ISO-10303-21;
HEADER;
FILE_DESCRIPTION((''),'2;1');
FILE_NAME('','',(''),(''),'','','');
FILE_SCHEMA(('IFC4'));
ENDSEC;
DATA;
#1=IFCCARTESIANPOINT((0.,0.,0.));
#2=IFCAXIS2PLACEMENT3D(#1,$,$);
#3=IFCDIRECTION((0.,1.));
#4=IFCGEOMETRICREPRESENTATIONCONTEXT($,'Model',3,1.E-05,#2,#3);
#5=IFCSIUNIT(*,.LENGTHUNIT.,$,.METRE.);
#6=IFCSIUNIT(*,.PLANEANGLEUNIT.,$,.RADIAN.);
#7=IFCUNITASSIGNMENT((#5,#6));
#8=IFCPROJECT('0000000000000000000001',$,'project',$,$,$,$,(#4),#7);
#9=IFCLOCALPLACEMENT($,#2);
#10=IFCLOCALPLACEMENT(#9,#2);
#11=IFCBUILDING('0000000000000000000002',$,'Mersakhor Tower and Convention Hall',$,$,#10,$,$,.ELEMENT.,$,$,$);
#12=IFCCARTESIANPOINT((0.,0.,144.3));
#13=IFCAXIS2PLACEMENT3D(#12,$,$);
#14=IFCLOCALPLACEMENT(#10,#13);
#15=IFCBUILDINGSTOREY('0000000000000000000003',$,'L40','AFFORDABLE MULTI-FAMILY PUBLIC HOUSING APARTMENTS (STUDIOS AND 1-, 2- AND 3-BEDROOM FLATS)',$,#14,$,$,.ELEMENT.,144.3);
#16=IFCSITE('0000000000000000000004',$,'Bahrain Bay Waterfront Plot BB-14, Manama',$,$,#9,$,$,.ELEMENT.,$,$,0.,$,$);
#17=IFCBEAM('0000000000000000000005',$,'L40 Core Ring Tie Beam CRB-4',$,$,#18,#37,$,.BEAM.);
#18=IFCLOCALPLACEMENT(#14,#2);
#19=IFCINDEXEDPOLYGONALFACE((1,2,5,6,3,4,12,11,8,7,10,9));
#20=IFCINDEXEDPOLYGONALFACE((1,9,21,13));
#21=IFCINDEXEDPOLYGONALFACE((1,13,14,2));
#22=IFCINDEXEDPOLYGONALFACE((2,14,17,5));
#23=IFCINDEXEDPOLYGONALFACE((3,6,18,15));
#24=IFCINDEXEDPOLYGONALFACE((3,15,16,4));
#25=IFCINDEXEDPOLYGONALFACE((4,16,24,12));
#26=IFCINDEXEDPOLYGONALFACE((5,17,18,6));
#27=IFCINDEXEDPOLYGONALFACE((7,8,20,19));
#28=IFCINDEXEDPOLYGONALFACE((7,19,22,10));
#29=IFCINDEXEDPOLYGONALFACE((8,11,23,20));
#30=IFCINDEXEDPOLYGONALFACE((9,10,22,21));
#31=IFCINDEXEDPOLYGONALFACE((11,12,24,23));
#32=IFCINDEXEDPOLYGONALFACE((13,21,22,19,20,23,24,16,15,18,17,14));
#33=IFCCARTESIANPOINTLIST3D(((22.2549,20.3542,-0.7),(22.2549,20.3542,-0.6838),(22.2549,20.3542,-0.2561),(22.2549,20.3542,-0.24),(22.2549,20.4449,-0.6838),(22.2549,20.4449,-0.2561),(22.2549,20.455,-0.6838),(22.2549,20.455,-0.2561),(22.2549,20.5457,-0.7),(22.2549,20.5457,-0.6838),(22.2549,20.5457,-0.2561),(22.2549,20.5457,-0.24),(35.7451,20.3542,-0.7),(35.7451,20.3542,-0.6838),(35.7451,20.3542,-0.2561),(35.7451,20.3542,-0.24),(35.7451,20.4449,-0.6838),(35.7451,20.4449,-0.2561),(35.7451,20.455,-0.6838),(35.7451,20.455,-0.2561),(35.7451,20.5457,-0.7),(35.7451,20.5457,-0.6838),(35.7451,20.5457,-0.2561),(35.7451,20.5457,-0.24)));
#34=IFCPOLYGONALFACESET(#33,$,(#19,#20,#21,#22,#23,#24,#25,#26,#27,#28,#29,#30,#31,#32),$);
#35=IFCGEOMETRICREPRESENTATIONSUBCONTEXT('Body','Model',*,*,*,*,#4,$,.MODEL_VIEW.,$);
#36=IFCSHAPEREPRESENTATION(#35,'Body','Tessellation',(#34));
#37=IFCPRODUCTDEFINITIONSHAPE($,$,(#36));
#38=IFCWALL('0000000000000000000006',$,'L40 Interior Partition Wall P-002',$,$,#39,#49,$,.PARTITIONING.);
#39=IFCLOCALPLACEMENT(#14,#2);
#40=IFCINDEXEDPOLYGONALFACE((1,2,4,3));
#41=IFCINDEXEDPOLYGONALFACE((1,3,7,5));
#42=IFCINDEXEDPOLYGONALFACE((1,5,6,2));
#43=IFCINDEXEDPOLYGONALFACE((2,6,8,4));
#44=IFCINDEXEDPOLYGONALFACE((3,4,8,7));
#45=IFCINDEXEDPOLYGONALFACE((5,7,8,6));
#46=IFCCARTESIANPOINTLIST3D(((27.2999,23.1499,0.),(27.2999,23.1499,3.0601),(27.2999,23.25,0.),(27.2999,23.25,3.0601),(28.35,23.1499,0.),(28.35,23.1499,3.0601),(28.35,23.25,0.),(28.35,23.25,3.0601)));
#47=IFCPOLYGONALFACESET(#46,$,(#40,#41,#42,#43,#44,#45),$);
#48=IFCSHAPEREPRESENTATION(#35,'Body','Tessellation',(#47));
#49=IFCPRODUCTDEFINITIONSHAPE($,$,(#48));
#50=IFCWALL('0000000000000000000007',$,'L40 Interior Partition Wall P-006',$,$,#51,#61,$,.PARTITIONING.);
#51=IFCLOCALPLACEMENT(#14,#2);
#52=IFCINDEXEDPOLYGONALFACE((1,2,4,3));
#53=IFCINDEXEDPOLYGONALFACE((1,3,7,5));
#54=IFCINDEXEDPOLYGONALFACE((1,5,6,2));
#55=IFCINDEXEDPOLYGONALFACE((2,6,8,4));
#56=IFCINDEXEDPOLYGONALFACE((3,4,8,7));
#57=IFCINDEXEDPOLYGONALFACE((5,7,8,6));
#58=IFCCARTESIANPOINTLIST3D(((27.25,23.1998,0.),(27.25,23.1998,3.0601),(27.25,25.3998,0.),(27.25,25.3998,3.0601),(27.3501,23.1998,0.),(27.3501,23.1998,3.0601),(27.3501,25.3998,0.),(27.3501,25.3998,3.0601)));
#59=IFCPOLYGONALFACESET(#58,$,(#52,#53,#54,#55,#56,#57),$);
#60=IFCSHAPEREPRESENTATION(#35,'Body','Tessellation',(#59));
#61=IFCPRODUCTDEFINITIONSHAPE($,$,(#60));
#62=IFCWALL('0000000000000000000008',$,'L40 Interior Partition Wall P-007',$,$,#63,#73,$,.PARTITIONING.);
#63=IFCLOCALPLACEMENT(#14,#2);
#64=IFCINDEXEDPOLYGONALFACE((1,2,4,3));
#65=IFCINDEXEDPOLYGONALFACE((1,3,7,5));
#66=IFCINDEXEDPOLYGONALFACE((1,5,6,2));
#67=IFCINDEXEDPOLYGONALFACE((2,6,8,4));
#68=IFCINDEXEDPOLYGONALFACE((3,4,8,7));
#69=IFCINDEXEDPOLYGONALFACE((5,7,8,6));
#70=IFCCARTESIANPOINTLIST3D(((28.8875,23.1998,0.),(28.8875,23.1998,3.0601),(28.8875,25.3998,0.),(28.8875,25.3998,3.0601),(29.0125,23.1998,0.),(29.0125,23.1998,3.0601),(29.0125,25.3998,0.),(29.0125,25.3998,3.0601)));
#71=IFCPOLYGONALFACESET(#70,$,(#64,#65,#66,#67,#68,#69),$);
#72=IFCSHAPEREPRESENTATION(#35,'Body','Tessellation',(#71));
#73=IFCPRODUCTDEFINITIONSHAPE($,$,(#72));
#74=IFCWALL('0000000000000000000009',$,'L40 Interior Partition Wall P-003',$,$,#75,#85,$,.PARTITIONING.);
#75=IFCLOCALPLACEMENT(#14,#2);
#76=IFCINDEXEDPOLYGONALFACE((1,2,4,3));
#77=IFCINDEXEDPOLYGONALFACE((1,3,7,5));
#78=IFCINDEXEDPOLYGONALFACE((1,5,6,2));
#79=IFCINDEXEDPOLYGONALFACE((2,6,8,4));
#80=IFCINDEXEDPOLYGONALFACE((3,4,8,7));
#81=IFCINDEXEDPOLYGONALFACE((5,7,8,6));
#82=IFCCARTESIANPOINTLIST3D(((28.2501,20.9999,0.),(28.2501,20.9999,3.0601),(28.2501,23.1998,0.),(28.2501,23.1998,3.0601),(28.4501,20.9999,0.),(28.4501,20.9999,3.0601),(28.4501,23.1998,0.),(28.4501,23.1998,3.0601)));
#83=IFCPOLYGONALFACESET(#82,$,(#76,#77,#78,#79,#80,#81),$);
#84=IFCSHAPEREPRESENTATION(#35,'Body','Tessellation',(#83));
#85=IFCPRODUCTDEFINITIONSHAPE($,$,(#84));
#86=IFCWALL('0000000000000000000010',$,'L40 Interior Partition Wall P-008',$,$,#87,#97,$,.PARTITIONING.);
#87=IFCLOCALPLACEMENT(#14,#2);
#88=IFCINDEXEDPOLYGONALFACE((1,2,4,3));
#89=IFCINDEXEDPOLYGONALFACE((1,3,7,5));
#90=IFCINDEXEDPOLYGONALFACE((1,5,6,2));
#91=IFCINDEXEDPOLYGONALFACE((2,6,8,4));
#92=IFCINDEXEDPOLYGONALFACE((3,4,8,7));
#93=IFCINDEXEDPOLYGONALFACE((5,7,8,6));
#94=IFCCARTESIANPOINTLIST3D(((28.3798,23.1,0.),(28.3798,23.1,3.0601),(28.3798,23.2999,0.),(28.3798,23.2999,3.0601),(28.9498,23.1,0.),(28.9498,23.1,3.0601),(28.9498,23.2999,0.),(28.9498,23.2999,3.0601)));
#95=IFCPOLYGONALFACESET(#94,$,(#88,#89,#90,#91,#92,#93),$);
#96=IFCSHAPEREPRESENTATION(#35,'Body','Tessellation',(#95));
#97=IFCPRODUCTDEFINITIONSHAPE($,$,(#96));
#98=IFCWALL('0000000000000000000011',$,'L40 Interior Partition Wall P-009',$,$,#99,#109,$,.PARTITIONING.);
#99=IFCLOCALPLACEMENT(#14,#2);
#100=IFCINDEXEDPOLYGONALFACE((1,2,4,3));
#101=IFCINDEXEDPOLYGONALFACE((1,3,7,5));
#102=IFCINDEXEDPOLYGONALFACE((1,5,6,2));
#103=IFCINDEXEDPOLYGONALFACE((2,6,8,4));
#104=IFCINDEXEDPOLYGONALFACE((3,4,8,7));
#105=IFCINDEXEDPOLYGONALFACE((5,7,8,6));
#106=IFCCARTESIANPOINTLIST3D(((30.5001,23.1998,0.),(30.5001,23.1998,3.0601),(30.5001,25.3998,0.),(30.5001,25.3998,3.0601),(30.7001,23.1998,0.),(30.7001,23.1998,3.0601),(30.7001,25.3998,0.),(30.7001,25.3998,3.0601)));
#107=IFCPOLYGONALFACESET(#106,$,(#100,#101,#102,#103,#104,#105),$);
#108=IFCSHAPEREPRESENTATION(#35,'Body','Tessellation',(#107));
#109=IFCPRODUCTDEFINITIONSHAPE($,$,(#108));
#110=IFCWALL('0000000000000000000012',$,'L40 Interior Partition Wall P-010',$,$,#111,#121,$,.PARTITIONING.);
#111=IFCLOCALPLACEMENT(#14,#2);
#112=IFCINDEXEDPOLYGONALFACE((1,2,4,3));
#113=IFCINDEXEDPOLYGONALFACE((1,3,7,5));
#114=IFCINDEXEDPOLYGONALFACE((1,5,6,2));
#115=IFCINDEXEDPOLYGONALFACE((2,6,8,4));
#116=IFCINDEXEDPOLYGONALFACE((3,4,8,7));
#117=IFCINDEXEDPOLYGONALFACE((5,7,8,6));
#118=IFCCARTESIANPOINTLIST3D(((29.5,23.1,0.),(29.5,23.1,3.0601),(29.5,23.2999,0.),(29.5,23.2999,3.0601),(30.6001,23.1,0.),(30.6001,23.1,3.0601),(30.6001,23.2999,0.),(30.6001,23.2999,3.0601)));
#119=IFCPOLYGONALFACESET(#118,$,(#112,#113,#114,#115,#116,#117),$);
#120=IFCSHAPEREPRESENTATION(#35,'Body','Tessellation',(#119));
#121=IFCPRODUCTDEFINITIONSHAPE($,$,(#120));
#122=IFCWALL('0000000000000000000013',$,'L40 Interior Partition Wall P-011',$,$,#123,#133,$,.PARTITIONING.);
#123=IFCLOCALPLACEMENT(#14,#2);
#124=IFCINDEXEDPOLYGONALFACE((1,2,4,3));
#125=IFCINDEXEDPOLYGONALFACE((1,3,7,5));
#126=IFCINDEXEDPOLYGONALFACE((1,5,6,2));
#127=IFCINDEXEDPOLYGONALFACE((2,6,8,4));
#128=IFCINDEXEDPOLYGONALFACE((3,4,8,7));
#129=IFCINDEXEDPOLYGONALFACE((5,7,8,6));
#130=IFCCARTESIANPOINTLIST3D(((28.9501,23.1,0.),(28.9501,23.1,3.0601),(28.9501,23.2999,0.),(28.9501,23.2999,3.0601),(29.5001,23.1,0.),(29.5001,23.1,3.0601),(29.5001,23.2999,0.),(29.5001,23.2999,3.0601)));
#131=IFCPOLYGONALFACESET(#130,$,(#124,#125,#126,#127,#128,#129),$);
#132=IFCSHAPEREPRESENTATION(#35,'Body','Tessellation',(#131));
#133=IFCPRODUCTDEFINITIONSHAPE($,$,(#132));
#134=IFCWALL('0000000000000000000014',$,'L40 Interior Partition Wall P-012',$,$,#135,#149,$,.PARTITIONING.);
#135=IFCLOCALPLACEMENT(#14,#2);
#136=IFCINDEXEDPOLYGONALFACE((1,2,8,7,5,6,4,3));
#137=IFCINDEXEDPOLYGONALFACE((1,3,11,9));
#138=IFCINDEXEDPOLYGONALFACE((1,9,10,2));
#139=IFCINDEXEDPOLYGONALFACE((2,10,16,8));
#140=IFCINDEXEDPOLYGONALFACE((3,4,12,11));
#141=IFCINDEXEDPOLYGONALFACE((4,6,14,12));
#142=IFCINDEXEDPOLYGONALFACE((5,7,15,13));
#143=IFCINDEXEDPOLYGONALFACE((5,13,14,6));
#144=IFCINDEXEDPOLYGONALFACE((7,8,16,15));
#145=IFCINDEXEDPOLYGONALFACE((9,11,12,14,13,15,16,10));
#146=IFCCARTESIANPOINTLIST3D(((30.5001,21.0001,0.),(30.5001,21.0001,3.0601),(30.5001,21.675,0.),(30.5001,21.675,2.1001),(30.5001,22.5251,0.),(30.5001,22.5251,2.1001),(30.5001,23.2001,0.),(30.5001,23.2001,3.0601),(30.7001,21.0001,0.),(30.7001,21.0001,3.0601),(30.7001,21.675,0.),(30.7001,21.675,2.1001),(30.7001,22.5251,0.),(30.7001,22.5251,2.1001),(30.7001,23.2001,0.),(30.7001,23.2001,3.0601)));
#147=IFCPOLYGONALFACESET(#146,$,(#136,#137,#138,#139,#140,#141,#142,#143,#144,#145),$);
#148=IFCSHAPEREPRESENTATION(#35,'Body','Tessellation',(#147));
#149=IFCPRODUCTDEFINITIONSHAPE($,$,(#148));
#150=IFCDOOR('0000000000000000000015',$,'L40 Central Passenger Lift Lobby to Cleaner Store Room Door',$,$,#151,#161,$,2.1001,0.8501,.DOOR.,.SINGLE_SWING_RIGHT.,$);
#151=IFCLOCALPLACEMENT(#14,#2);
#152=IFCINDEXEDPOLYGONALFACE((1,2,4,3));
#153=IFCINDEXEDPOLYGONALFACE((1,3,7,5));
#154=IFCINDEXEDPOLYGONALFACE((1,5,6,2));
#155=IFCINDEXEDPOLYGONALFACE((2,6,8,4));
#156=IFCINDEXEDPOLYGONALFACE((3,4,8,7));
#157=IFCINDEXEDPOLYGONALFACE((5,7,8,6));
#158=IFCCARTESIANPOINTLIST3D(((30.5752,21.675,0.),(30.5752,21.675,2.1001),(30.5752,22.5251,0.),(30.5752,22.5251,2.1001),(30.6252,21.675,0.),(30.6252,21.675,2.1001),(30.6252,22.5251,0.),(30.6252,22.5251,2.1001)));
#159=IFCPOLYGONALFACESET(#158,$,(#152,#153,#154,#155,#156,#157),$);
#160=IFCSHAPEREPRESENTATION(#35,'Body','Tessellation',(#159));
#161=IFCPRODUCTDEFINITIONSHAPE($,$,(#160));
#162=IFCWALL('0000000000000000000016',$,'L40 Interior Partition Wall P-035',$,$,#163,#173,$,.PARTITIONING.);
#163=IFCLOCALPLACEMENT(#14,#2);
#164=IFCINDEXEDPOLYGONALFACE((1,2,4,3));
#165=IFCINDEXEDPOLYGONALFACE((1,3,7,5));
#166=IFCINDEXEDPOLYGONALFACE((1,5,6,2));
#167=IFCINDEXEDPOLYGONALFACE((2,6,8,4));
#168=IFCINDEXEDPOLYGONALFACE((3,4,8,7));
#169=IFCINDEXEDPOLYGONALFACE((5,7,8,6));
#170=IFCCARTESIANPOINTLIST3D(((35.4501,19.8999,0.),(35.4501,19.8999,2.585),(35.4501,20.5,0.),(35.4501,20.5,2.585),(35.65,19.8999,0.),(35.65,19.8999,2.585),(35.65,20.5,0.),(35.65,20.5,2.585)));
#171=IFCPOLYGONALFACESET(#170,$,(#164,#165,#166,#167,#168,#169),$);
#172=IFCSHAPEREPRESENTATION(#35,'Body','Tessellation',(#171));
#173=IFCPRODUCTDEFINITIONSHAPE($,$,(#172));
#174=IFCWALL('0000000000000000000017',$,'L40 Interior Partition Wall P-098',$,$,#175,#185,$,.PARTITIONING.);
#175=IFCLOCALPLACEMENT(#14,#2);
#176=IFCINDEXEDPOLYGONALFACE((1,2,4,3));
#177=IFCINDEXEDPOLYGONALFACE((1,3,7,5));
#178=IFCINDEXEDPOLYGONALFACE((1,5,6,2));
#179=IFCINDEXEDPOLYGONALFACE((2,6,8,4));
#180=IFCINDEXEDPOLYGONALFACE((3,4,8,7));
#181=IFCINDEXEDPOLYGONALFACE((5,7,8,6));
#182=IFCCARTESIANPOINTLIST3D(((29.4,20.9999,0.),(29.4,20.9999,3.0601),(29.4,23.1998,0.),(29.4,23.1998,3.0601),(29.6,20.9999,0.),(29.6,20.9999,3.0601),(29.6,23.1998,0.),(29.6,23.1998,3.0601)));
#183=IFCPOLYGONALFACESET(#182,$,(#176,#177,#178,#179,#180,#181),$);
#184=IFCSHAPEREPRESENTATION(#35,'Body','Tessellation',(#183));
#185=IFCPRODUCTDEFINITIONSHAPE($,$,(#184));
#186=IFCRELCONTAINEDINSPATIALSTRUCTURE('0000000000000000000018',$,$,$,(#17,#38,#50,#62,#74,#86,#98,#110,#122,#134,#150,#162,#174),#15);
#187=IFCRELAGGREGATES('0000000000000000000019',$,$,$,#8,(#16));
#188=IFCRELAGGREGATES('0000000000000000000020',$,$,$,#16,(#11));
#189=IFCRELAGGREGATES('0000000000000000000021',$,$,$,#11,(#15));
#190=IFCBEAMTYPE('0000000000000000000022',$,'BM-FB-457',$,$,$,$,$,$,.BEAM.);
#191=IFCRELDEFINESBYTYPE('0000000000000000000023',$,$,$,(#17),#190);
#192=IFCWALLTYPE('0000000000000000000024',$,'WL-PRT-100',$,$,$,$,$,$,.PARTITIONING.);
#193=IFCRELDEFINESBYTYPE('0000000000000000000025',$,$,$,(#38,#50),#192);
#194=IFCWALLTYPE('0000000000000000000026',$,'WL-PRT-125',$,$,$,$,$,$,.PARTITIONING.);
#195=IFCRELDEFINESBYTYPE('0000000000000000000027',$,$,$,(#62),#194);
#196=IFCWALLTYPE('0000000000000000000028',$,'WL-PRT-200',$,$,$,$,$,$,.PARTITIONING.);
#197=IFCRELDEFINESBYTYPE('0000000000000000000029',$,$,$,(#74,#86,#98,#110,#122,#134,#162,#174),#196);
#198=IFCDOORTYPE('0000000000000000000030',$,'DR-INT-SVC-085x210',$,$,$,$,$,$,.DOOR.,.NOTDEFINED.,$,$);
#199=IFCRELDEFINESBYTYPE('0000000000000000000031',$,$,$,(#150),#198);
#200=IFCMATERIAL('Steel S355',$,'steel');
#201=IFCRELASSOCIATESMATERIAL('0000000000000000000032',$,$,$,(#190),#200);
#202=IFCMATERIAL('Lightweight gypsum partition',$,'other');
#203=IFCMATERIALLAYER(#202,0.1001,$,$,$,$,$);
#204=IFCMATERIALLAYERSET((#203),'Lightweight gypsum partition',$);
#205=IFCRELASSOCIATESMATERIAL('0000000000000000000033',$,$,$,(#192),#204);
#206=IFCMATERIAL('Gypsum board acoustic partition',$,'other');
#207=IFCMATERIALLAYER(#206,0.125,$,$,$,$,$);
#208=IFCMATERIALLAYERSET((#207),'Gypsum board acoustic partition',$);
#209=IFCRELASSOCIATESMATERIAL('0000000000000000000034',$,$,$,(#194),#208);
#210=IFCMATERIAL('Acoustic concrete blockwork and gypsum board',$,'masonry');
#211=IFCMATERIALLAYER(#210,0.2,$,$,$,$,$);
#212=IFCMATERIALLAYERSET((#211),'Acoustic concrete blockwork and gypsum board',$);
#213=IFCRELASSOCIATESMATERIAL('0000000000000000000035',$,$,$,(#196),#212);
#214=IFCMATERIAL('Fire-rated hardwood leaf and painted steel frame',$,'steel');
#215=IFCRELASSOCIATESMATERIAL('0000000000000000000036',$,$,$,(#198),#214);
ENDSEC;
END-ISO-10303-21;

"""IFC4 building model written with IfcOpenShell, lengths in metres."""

from ifc_helpers import new_model, si_unit, direction, frame, frame_2d, origin, origin_2d, place, context, subcontext, project, spatial, rectangle, i_section, extrude, material, layer, layer_set, material_profile, profile_set, type_object, element, fill, save


model = new_model("IFC4")

# Units and contexts
model_context = context("Model", 3, precision=1e-05, world=origin(), true_north=direction((0.0, 1.0)))
body_context = subcontext(model_context, "Body", "Model", "MODEL_VIEW")
ifc_project = project(units=[si_unit("LENGTHUNIT", "METRE"), si_unit("PLANEANGLEUNIT", "RADIAN")], contexts=[model_context])

# Site, building, storey
site_placement = place(None, origin())
site = spatial("IfcSite", under=ifc_project, at=site_placement, Name="Bahrain Bay Waterfront Plot BB-14, Manama", CompositionType="ELEMENT", RefElevation=0.0)
building_placement = place(site_placement, origin())
building = spatial("IfcBuilding", under=site, at=building_placement, Name="Mersakhor Tower and Convention Hall", CompositionType="ELEMENT")
storey_placement = place(building_placement, frame((0.0, 0.0, 144.3)))
storey = spatial("IfcBuildingStorey", under=building, at=storey_placement, Name="L40", Description="AFFORDABLE MULTI-FAMILY PUBLIC HOUSING APARTMENTS (STUDIOS AND 1-, 2- AND 3-BEDROOM FLATS)", CompositionType="ELEMENT", Elevation=144.3)

# Beam
ifc_material_1 = material(Name="Steel S355", Category="steel")
ifc_material_profile = material_profile(ifc_material_1, i_section(OverallWidth=0.1914, OverallDepth=0.46, WebThickness=0.01, FlangeThickness=0.0161, at=origin_2d()), Name="UB 457x191x82")
ifc_profile_set = profile_set([ifc_material_profile], Name="Steel S355")
beam_type = type_object("IfcBeamType", Name="BM-FB-457", PredefinedType="BEAM", material=ifc_profile_set)
beam_placement = place(storey_placement, frame((35.7451, 20.45, -0.47), z_axis=(-1.0, 0.0, 0.0), x_axis=(0.0, -1.0, 0.0)))
element("IfcBeam", 1, at=beam_placement, inside=storey, type_object=beam_type, Name="L40 Core Ring Tie Beam CRB-4", PredefinedType="BEAM", context=body_context, shape_type="SweptSolid", body=[
    extrude(i_section(OverallWidth=0.1914, OverallDepth=0.46, WebThickness=0.01, FlangeThickness=0.0161, at=origin_2d()), origin(), (0.0, 0.0, 1.0), 13.4902),
])

# Walls
ifc_material_2 = material(Name="Lightweight gypsum partition", Category="other")
ifc_layer_1 = layer(ifc_material_2, 0.1001)
ifc_layer_set_1 = layer_set([ifc_layer_1], Name="Lightweight gypsum partition")
wall_type_1 = type_object("IfcWallType", Name="WL-PRT-100", PredefinedType="PARTITIONING", material=ifc_layer_set_1)
wall_1_placement = place(storey_placement, frame((27.3, 23.2, 0.0), z_axis=(0.0, 0.0, 1.0), x_axis=(1.0, 0.0, 0.0)))
element("IfcWall", 2, at=wall_1_placement, inside=storey, type_object=wall_type_1, Name="L40 Interior Partition Wall P-002", PredefinedType="PARTITIONING", context=body_context, shape_type="SweptSolid", body=[
    extrude(rectangle(XDim=1.05, YDim=0.1001, at=frame_2d((0.5249, 0.0))), origin(), (0.0, 0.0, 1.0), 3.0601),
])
wall_2_placement = place(storey_placement, frame((27.3, 25.3999, 0.0), z_axis=(0.0, 0.0, 1.0), x_axis=(0.0, -1.0, 0.0)))
element("IfcWall", 3, at=wall_2_placement, inside=storey, type_object=wall_type_1, Name="L40 Interior Partition Wall P-006", PredefinedType="PARTITIONING", context=body_context, shape_type="SweptSolid", body=[
    extrude(rectangle(XDim=2.2, YDim=0.1001, at=frame_2d((1.1001, 0.0))), origin(), (0.0, 0.0, 1.0), 3.0601),
])
ifc_material_3 = material(Name="Gypsum board acoustic partition", Category="other")
ifc_layer_2 = layer(ifc_material_3, 0.125)
ifc_layer_set_2 = layer_set([ifc_layer_2], Name="Gypsum board acoustic partition")
wall_type_2 = type_object("IfcWallType", Name="WL-PRT-125", PredefinedType="PARTITIONING", material=ifc_layer_set_2)
wall_3_placement = place(storey_placement, frame((28.95, 25.3999, 0.0), z_axis=(0.0, 0.0, 1.0), x_axis=(0.0, -1.0, 0.0)))
element("IfcWall", 4, at=wall_3_placement, inside=storey, type_object=wall_type_2, Name="L40 Interior Partition Wall P-007", PredefinedType="PARTITIONING", context=body_context, shape_type="SweptSolid", body=[
    extrude(rectangle(XDim=2.2, YDim=0.125, at=frame_2d((1.1001, 0.0))), origin(), (0.0, 0.0, 1.0), 3.0601),
])
ifc_material_4 = material(Name="Acoustic concrete blockwork and gypsum board", Category="masonry")
ifc_layer_3 = layer(ifc_material_4, 0.2)
ifc_layer_set_3 = layer_set([ifc_layer_3], Name="Acoustic concrete blockwork and gypsum board")
wall_type_3 = type_object("IfcWallType", Name="WL-PRT-200", PredefinedType="PARTITIONING", material=ifc_layer_set_3)
wall_4_placement = place(storey_placement, frame((28.3501, 23.2, 0.0), z_axis=(0.0, 0.0, 1.0), x_axis=(0.0, -1.0, 0.0)))
element("IfcWall", 5, at=wall_4_placement, inside=storey, type_object=wall_type_3, Name="L40 Interior Partition Wall P-003", PredefinedType="PARTITIONING", context=body_context, shape_type="SweptSolid", body=[
    extrude(rectangle(XDim=2.2, YDim=0.2, at=frame_2d((1.1001, 0.0))), origin(), (0.0, 0.0, 1.0), 3.0601),
])
wall_5_placement = place(storey_placement, frame((28.95, 23.2, 0.0), z_axis=(0.0, 0.0, 1.0), x_axis=(-1.0, 0.0, 0.0)))
element("IfcWall", 6, at=wall_5_placement, inside=storey, type_object=wall_type_3, Name="L40 Interior Partition Wall P-008", PredefinedType="PARTITIONING", context=body_context, shape_type="SweptSolid", body=[
    extrude(rectangle(XDim=0.5701, YDim=0.2, at=frame_2d((0.2852, 0.0))), origin(), (0.0, 0.0, 1.0), 3.0601),
])
wall_6_placement = place(storey_placement, frame((30.6001, 25.3999, 0.0), z_axis=(0.0, 0.0, 1.0), x_axis=(0.0, -1.0, 0.0)))
element("IfcWall", 7, at=wall_6_placement, inside=storey, type_object=wall_type_3, Name="L40 Interior Partition Wall P-009", PredefinedType="PARTITIONING", context=body_context, shape_type="SweptSolid", body=[
    extrude(rectangle(XDim=2.2, YDim=0.2, at=frame_2d((1.1001, 0.0))), origin(), (0.0, 0.0, 1.0), 3.0601),
])
wall_7_placement = place(storey_placement, frame((30.6001, 23.2, 0.0), z_axis=(0.0, 0.0, 1.0), x_axis=(-1.0, 0.0, 0.0)))
element("IfcWall", 8, at=wall_7_placement, inside=storey, type_object=wall_type_3, Name="L40 Interior Partition Wall P-010", PredefinedType="PARTITIONING", context=body_context, shape_type="SweptSolid", body=[
    extrude(rectangle(XDim=1.1001, YDim=0.2, at=frame_2d((0.55, 0.0))), origin(), (0.0, 0.0, 1.0), 3.0601),
])
wall_8_placement = place(storey_placement, frame((29.5, 23.2, 0.0), z_axis=(0.0, 0.0, 1.0), x_axis=(-1.0, 0.0, 0.0)))
element("IfcWall", 9, at=wall_8_placement, inside=storey, type_object=wall_type_3, Name="L40 Interior Partition Wall P-011", PredefinedType="PARTITIONING", context=body_context, shape_type="SweptSolid", body=[
    extrude(rectangle(XDim=0.55, YDim=0.2, at=frame_2d((0.2749, 0.0))), origin(), (0.0, 0.0, 1.0), 3.0601),
])

# Wall, opening, door
wall_9_placement = place(storey_placement, frame((30.6001, 21.0, 0.0), z_axis=(0.0, 0.0, 1.0), x_axis=(0.0, 1.0, 0.0)))
wall_9 = element("IfcWall", 10, at=wall_9_placement, inside=storey, type_object=wall_type_3, Name="L40 Interior Partition Wall P-012", PredefinedType="PARTITIONING", context=body_context, shape_type="SweptSolid", body=[
    extrude(rectangle(XDim=2.2, YDim=0.2, at=frame_2d((1.1001, 0.0))), origin(), (0.0, 0.0, 1.0), 3.0601),
])
opening_1_placement = place(wall_9_placement, frame((0.675, 0.0, 0.0)))
opening_1 = element("IfcOpeningElement", 11, at=opening_1_placement, cuts=wall_9, PredefinedType="OPENING", context=body_context, shape_type="SweptSolid", body=[
    extrude(rectangle(XDim=0.8501, YDim=2.1001, at=frame_2d((0.425, 1.05))), frame((0.0, 0.1099, 0.0), z_axis=(0.0, -1.0, 0.0), x_axis=(1.0, 0.0, 0.0)), (0.0, 0.0, 1.0), 0.22),
])
ifc_material_5 = material(Name="Fire-rated hardwood leaf and painted steel frame", Category="steel")
door_type_1 = type_object("IfcDoorType", Name="DR-INT-SVC-085x210", OperationType="NOTDEFINED", PredefinedType="DOOR", material=ifc_material_5)
door_1_placement = place(opening_1_placement, origin())
door_1 = element("IfcDoor", 12, at=door_1_placement, inside=storey, type_object=door_type_1, Name="L40 Central Passenger Lift Lobby to Cleaner Store Room Door", OperationType="SINGLE_SWING_RIGHT", OverallHeight=2.1001, OverallWidth=0.8501, PredefinedType="DOOR", context=body_context, shape_type="SweptSolid", body=[
    extrude(rectangle(XDim=0.8501, YDim=2.1001, at=frame_2d((0.425, 1.05))), frame((0.0, 0.0249, 0.0), z_axis=(0.0, -1.0, 0.0), x_axis=(1.0, 0.0, 0.0)), (0.0, 0.0, 1.0), 0.05),
])
fill(opening_1, door_1)

# Walls
wall_10_placement = place(storey_placement, frame((35.55, 20.5, 0.0), z_axis=(0.0, 0.0, 1.0), x_axis=(0.0, -1.0, 0.0)))
element("IfcWall", 13, at=wall_10_placement, inside=storey, type_object=wall_type_3, Name="L40 Interior Partition Wall P-035", PredefinedType="PARTITIONING", context=body_context, shape_type="SweptSolid", body=[
    extrude(rectangle(XDim=0.6001, YDim=0.2, at=frame_2d((0.3, 0.0))), origin(), (0.0, 0.0, 1.0), 2.585),
])
wall_11_placement = place(storey_placement, frame((29.5, 23.2, 0.0), z_axis=(0.0, 0.0, 1.0), x_axis=(0.0, -1.0, 0.0)))
element("IfcWall", 14, at=wall_11_placement, inside=storey, type_object=wall_type_3, Name="L40 Interior Partition Wall P-098", PredefinedType="PARTITIONING", context=body_context, shape_type="SweptSolid", body=[
    extrude(rectangle(XDim=2.2, YDim=0.2, at=frame_2d((1.1001, 0.0))), origin(), (0.0, 0.0, 1.0), 3.0601),
])

save(model, "model.ifc")
